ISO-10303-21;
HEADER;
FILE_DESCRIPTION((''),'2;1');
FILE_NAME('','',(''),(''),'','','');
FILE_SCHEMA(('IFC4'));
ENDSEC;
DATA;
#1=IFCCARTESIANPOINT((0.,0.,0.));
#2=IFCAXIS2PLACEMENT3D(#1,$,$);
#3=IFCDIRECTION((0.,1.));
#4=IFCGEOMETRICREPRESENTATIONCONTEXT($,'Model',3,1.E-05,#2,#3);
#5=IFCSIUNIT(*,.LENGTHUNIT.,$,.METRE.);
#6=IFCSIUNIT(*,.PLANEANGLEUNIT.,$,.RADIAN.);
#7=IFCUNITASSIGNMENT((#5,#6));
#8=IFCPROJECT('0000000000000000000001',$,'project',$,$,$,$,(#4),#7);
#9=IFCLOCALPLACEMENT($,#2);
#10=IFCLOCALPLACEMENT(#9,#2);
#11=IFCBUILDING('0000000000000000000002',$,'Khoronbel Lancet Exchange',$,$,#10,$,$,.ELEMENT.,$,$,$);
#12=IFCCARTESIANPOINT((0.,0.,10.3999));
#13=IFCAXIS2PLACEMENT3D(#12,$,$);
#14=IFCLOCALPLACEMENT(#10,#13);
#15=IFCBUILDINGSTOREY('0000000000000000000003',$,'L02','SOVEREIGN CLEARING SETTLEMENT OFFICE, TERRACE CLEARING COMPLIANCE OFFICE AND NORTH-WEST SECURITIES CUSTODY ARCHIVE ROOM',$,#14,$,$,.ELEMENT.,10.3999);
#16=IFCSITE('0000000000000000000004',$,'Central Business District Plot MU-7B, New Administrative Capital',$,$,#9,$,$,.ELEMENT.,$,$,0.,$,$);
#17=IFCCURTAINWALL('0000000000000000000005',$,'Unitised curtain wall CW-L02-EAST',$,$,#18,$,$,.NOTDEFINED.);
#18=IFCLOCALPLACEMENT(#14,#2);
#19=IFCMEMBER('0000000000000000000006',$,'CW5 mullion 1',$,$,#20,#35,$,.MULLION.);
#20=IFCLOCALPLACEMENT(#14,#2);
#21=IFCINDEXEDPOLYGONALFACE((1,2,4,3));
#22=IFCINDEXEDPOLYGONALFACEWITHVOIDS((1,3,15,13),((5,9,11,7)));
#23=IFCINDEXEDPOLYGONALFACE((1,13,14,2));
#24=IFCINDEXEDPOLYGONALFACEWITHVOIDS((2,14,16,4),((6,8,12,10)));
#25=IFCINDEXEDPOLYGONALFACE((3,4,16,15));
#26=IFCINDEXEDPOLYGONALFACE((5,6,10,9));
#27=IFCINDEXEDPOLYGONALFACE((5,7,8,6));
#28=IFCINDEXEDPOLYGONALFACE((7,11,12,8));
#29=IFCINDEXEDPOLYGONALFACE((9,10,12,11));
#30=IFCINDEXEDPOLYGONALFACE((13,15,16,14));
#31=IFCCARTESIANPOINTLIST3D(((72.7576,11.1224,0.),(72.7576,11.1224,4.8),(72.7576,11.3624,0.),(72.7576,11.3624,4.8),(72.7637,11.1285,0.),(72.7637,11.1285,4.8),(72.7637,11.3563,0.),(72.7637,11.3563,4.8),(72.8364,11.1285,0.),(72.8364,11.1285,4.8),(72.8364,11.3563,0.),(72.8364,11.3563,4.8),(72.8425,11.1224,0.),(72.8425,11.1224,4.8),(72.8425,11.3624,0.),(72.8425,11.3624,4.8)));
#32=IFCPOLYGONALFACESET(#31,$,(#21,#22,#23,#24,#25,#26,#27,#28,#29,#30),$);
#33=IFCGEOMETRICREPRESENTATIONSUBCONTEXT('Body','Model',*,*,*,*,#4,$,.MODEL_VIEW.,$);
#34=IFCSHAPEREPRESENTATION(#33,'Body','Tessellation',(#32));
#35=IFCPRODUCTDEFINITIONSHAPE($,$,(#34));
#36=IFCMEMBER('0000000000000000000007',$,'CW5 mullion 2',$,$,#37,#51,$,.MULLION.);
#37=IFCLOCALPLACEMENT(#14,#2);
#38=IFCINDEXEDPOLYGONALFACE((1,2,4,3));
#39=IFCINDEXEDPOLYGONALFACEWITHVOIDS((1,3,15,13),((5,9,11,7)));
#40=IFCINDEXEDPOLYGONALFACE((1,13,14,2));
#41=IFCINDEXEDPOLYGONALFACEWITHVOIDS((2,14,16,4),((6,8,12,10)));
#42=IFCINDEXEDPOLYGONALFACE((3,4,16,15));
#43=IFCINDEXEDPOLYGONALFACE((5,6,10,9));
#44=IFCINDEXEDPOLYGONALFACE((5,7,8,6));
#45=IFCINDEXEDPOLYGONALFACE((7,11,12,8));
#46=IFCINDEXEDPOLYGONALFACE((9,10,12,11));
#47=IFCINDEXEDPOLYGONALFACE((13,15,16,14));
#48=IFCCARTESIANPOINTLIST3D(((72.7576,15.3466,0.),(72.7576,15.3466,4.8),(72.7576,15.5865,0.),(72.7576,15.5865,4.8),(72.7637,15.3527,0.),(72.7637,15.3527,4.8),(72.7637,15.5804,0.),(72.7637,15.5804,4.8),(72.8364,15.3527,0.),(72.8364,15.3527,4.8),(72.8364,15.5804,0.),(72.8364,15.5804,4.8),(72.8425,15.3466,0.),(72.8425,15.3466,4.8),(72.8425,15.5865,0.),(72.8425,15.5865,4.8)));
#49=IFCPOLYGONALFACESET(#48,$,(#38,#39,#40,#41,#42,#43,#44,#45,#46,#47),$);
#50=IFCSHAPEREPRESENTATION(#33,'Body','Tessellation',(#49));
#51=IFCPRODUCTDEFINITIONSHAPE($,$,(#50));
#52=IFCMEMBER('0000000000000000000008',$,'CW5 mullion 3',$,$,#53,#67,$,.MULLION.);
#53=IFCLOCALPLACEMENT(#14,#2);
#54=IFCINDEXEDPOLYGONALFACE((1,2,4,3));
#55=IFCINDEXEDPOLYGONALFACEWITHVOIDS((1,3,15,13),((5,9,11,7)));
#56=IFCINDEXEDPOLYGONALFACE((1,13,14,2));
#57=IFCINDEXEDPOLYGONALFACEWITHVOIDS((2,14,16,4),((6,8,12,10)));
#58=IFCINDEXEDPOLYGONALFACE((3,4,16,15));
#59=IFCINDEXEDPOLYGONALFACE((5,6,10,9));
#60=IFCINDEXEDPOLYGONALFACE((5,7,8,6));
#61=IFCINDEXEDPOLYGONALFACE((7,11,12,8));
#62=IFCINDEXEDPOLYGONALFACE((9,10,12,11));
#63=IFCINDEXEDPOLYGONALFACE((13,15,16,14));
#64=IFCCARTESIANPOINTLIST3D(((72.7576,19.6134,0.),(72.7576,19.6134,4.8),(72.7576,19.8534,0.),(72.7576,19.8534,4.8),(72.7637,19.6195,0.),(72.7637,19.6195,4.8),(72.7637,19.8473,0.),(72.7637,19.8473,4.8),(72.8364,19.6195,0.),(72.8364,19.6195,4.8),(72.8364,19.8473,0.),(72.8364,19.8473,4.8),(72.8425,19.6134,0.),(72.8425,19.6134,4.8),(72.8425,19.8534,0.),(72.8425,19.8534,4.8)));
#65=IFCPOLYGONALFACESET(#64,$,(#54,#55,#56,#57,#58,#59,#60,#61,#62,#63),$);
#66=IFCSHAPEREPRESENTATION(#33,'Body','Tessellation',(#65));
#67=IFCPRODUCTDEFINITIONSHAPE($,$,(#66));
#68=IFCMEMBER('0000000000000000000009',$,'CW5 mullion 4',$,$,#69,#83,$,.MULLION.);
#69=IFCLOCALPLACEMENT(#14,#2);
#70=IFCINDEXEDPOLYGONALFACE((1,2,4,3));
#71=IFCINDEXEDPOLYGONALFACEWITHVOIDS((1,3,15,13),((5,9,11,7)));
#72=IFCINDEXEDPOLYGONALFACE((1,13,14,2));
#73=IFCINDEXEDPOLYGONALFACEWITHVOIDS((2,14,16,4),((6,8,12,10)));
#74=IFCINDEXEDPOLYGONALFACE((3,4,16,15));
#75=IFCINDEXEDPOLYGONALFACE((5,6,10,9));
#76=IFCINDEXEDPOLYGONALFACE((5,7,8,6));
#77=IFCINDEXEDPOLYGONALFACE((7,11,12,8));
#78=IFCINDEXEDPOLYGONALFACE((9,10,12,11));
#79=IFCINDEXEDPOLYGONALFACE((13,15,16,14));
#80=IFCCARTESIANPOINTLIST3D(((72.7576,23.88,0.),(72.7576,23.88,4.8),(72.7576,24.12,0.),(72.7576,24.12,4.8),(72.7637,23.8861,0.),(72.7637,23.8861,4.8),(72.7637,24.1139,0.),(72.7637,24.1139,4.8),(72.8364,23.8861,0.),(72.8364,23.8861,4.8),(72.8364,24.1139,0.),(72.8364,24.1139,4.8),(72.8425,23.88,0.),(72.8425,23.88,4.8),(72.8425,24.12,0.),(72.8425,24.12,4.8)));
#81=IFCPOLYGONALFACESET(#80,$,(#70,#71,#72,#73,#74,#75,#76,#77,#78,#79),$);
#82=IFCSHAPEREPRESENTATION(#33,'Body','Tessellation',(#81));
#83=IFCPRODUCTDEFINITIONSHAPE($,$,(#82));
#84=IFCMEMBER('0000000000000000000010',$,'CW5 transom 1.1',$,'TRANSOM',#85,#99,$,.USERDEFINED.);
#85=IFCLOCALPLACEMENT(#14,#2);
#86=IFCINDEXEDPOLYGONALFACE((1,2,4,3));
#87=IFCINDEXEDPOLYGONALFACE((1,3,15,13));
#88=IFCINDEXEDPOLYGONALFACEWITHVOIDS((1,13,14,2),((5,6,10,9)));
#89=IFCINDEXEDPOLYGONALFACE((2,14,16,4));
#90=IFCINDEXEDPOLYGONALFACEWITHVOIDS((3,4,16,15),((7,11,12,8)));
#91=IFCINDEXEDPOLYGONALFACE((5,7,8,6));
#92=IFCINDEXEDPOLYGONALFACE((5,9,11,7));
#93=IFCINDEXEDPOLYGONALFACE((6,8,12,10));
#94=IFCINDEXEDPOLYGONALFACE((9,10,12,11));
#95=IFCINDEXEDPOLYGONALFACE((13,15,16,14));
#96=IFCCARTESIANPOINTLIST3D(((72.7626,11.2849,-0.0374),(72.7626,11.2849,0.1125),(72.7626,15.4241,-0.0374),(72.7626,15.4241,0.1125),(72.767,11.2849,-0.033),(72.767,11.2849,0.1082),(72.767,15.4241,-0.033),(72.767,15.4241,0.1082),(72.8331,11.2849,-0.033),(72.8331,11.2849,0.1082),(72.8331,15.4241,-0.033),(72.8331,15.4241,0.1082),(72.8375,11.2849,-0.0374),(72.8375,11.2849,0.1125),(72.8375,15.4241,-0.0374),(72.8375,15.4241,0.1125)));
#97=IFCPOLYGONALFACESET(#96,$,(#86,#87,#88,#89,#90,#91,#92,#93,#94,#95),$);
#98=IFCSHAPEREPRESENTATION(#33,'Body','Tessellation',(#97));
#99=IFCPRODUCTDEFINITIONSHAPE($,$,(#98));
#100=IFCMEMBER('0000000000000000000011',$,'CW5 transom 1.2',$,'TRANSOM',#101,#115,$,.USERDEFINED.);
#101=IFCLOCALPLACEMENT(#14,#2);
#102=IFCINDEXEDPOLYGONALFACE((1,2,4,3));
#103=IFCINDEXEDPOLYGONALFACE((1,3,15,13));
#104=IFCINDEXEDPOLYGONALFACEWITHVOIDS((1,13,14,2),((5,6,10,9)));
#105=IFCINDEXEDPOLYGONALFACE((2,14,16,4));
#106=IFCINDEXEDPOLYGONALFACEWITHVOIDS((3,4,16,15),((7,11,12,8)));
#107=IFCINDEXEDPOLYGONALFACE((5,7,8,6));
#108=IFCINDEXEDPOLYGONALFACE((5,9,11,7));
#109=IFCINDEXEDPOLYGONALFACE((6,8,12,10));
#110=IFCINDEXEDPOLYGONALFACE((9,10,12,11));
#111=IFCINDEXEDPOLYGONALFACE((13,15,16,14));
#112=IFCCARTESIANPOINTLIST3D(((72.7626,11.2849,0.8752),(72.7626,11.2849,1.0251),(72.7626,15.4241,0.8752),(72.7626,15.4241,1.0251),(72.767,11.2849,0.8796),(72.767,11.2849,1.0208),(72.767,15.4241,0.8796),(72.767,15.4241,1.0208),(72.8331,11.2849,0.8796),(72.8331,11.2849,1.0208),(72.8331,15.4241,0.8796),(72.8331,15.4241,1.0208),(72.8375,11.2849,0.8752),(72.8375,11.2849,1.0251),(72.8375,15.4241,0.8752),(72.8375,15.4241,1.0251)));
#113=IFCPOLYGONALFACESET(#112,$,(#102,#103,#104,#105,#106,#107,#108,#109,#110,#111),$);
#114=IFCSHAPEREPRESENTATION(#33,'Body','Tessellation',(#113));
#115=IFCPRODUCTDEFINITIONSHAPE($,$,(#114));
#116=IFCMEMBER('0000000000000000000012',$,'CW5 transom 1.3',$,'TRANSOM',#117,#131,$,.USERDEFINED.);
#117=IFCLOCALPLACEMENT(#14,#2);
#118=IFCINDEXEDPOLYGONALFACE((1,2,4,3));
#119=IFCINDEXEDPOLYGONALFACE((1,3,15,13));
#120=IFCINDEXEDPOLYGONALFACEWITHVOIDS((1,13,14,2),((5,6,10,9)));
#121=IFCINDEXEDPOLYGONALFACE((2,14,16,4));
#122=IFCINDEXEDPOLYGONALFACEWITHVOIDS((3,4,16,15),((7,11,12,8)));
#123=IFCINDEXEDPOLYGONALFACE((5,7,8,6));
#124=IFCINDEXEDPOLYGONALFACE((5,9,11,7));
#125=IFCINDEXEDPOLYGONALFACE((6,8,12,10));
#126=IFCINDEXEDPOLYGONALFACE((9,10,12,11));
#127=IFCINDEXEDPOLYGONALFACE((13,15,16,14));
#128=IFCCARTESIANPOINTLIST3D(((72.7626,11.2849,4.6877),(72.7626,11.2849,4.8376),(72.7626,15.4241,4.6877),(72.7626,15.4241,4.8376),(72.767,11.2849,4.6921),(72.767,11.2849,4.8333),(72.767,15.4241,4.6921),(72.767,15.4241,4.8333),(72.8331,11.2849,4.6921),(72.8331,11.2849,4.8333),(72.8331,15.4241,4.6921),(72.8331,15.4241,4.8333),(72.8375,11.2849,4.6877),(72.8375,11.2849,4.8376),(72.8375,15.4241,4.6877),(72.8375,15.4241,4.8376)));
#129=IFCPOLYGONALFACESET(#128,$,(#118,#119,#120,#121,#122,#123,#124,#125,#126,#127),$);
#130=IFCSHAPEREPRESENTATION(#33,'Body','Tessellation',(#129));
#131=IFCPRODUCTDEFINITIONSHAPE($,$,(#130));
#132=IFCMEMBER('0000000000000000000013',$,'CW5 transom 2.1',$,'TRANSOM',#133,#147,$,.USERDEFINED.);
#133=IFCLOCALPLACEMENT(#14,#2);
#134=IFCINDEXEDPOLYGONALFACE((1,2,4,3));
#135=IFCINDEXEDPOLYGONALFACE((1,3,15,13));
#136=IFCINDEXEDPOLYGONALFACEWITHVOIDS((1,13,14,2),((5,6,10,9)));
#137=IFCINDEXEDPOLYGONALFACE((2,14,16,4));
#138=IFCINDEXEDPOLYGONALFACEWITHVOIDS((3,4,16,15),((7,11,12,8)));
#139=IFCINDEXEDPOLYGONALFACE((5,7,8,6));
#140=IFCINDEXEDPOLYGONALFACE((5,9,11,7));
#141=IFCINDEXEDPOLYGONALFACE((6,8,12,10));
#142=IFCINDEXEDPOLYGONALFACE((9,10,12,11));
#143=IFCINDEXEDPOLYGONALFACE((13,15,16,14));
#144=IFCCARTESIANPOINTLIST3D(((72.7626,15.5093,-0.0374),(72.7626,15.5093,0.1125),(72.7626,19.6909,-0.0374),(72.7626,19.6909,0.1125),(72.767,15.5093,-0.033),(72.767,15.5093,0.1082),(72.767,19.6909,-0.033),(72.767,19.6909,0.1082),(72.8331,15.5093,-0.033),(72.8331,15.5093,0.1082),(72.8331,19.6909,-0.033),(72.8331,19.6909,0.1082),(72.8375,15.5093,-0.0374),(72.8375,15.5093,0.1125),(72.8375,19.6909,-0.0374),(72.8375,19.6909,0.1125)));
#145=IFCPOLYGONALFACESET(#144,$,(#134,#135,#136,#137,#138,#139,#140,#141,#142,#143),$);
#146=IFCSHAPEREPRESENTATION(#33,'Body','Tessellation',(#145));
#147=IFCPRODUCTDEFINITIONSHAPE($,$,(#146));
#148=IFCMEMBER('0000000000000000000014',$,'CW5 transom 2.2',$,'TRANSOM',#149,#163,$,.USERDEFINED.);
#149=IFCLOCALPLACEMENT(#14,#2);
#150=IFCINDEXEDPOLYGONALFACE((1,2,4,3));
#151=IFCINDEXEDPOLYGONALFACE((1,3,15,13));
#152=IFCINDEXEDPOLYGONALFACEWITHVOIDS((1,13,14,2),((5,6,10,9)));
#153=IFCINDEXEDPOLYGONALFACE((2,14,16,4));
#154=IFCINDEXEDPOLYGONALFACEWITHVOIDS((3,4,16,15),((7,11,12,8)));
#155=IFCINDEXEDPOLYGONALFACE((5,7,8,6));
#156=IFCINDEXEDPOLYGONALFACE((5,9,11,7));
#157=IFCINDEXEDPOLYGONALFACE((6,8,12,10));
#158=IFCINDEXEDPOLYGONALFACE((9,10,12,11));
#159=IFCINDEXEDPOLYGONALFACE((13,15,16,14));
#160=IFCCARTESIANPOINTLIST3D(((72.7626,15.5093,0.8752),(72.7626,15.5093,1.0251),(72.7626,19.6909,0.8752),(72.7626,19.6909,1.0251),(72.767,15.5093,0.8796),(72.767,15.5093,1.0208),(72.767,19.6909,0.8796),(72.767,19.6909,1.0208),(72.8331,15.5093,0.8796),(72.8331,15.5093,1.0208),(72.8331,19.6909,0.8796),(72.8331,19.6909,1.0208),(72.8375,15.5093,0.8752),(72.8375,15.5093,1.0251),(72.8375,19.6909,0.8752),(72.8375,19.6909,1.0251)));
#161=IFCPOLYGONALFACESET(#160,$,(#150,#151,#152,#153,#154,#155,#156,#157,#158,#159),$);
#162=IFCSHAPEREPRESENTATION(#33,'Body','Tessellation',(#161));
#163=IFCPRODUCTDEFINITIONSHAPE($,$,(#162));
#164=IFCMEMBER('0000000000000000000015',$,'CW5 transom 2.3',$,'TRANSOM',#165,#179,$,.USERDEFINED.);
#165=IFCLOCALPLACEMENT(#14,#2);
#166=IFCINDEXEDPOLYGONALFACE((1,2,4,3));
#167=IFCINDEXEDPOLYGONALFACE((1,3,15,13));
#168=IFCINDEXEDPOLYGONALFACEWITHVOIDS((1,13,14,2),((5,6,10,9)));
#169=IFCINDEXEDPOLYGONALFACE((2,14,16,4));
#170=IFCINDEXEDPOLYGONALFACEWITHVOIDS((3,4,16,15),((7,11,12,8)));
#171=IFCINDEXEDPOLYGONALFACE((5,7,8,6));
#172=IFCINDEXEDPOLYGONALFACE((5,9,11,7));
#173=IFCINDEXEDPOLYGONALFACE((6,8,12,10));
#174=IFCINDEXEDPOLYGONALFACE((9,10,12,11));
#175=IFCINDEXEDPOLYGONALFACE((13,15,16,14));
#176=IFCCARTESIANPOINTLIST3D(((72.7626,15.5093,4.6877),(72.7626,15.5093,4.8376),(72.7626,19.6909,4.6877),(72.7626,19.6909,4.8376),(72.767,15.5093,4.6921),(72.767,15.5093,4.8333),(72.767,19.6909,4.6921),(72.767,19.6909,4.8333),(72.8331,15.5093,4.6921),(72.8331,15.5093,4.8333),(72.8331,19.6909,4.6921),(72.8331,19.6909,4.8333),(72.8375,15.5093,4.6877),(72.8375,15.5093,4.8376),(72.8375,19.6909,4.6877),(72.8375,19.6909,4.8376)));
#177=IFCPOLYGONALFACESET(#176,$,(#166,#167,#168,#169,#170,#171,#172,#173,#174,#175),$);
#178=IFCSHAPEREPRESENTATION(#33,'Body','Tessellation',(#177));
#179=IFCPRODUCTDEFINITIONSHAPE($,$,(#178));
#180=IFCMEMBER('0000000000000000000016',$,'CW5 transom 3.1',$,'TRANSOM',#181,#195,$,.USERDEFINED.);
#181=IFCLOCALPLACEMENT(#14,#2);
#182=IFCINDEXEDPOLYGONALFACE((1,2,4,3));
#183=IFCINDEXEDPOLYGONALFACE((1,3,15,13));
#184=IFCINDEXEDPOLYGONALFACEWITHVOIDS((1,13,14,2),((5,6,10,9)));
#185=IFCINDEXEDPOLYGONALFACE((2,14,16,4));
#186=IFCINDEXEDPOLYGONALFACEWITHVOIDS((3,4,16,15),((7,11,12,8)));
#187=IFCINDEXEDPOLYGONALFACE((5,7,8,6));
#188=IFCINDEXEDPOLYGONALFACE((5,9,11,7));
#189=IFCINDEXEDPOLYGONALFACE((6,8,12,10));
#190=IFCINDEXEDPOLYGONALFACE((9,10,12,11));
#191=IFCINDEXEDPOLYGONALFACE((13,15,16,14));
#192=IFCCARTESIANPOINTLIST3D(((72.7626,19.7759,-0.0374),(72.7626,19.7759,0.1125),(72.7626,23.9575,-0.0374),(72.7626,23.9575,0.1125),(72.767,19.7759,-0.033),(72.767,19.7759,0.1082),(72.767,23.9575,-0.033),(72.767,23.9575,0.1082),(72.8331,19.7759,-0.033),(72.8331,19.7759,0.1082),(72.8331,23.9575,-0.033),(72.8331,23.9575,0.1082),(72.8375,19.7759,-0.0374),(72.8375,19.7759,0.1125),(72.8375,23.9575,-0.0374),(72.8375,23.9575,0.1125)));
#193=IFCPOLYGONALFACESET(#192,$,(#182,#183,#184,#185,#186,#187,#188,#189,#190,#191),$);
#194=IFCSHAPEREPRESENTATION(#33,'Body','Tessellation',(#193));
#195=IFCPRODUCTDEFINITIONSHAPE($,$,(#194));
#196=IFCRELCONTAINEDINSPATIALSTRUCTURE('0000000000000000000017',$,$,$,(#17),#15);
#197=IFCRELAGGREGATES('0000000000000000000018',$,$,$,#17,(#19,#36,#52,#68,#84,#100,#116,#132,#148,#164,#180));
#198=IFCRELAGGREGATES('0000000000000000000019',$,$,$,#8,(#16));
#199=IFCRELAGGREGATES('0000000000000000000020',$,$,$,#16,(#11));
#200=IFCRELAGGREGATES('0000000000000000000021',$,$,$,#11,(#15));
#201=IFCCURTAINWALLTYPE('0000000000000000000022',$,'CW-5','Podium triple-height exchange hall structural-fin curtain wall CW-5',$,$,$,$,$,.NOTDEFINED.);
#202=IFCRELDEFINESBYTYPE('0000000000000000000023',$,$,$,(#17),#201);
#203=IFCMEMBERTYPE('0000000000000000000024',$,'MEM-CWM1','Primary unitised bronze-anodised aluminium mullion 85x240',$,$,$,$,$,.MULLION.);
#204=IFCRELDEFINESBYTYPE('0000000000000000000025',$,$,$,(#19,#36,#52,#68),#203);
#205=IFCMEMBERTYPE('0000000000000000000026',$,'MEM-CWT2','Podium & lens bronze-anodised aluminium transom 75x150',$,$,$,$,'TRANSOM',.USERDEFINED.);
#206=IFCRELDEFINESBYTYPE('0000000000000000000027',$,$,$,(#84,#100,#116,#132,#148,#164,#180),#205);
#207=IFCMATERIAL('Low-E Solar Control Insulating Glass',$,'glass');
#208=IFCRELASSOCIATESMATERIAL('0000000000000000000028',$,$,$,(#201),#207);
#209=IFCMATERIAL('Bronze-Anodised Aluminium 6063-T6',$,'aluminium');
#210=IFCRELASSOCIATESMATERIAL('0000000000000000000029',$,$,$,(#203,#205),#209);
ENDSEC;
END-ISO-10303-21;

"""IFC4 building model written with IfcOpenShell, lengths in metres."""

from ifc_helpers import new_model, si_unit, direction, frame, origin, origin_2d, place, context, subcontext, project, spatial, hollow_rectangle, extrude, material, material_profile, profile_set, type_object, element, aggregate, save


model = new_model("IFC4")

# Units and contexts
model_context = context("Model", 3, precision=1e-05, world=origin(), true_north=direction((0.0, 1.0)))
body_context = subcontext(model_context, "Body", "Model", "MODEL_VIEW")
ifc_project = project(units=[si_unit("LENGTHUNIT", "METRE"), si_unit("PLANEANGLEUNIT", "RADIAN")], contexts=[model_context])

# Site, building, storey
site_placement = place(None, origin())
site = spatial("IfcSite", under=ifc_project, at=site_placement, Name="Central Business District Plot MU-7B, New Administrative Capital", CompositionType="ELEMENT", RefElevation=0.0)
building_placement = place(site_placement, origin())
building = spatial("IfcBuilding", under=site, at=building_placement, Name="Khoronbel Lancet Exchange", CompositionType="ELEMENT")
storey_placement = place(building_placement, frame((0.0, 0.0, 10.3999)))
storey = spatial("IfcBuildingStorey", under=building, at=storey_placement, Name="L02", Description="SOVEREIGN CLEARING SETTLEMENT OFFICE, TERRACE CLEARING COMPLIANCE OFFICE AND NORTH-WEST SECURITIES CUSTODY ARCHIVE ROOM", CompositionType="ELEMENT", Elevation=10.3999)

# Curtain wall, members
ifc_material_1 = material(Name="Low-E Solar Control Insulating Glass", Category="glass")
curtain_wall_type = type_object("IfcCurtainWallType", Name="CW-5", Description="Podium triple-height exchange hall structural-fin curtain wall CW-5", PredefinedType="NOTDEFINED", material=ifc_material_1)
curtain_wall_placement = place(storey_placement, origin())
curtain_wall = element("IfcCurtainWall", 1, at=curtain_wall_placement, inside=storey, type_object=curtain_wall_type, Name="Unitised curtain wall CW-L02-EAST", PredefinedType="NOTDEFINED")
ifc_material_2 = material(Name="Bronze-Anodised Aluminium 6063-T6", Category="aluminium")
ifc_material_profile_1 = material_profile(ifc_material_2, hollow_rectangle(XDim=0.085, YDim=0.24, WallThickness=0.0061, at=origin_2d()), Name="ALU MULLION 85x240")
ifc_profile_set_1 = profile_set([ifc_material_profile_1], Name="Bronze-Anodised Aluminium 6063-T6")
member_type_1 = type_object("IfcMemberType", Name="MEM-CWM1", Description="Primary unitised bronze-anodised aluminium mullion 85x240", PredefinedType="MULLION", material=ifc_profile_set_1)
member_1_placement = place(storey_placement, frame((72.8, 11.2424, 0.0), z_axis=(0.0, 0.0, 1.0), x_axis=(-1.0, 0.0, 0.0)))
member_1 = element("IfcMember", 2, at=member_1_placement, type_object=member_type_1, Name="CW5 mullion 1", PredefinedType="MULLION", context=body_context, shape_type="SweptSolid", body=[
    extrude(hollow_rectangle(XDim=0.085, YDim=0.24, WallThickness=0.0061, at=origin_2d()), origin(), (0.0, 0.0, 1.0), 4.8),
])
member_2_placement = place(storey_placement, frame((72.8, 15.4666, 0.0), z_axis=(0.0, 0.0, 1.0), x_axis=(-1.0, 0.0, 0.0)))
member_2 = element("IfcMember", 3, at=member_2_placement, type_object=member_type_1, Name="CW5 mullion 2", PredefinedType="MULLION", context=body_context, shape_type="SweptSolid", body=[
    extrude(hollow_rectangle(XDim=0.085, YDim=0.24, WallThickness=0.0061, at=origin_2d()), origin(), (0.0, 0.0, 1.0), 4.8),
])
member_3_placement = place(storey_placement, frame((72.8, 19.7334, 0.0), z_axis=(0.0, 0.0, 1.0), x_axis=(-1.0, 0.0, 0.0)))
member_3 = element("IfcMember", 4, at=member_3_placement, type_object=member_type_1, Name="CW5 mullion 3", PredefinedType="MULLION", context=body_context, shape_type="SweptSolid", body=[
    extrude(hollow_rectangle(XDim=0.085, YDim=0.24, WallThickness=0.0061, at=origin_2d()), origin(), (0.0, 0.0, 1.0), 4.8),
])
member_4_placement = place(storey_placement, frame((72.8, 24.0, 0.0), z_axis=(0.0, 0.0, 1.0), x_axis=(-1.0, 0.0, 0.0)))
member_4 = element("IfcMember", 5, at=member_4_placement, type_object=member_type_1, Name="CW5 mullion 4", PredefinedType="MULLION", context=body_context, shape_type="SweptSolid", body=[
    extrude(hollow_rectangle(XDim=0.085, YDim=0.24, WallThickness=0.0061, at=origin_2d()), origin(), (0.0, 0.0, 1.0), 4.8),
])
ifc_material_profile_2 = material_profile(ifc_material_2, hollow_rectangle(XDim=0.075, YDim=0.1499, WallThickness=0.0044, at=origin_2d()), Name="ALU TRANSOM 75x150")
ifc_profile_set_2 = profile_set([ifc_material_profile_2], Name="Bronze-Anodised Aluminium 6063-T6")
member_type_2 = type_object("IfcMemberType", Name="MEM-CWT2", Description="Podium & lens bronze-anodised aluminium transom 75x150", ElementType="TRANSOM", PredefinedType="USERDEFINED", material=ifc_profile_set_2)
member_5_placement = place(storey_placement, frame((72.8, 11.2849, 0.0376), z_axis=(0.0, 1.0, 0.0), x_axis=(-1.0, 0.0, 0.0)))
member_5 = element("IfcMember", 6, at=member_5_placement, type_object=member_type_2, Name="CW5 transom 1.1", ObjectType="TRANSOM", PredefinedType="USERDEFINED", context=body_context, shape_type="SweptSolid", body=[
    extrude(hollow_rectangle(XDim=0.075, YDim=0.1499, WallThickness=0.0044, at=origin_2d()), origin(), (0.0, 0.0, 1.0), 4.1392),
])
member_6_placement = place(storey_placement, frame((72.8, 11.2849, 0.9502), z_axis=(0.0, 1.0, 0.0), x_axis=(-1.0, 0.0, 0.0)))
member_6 = element("IfcMember", 7, at=member_6_placement, type_object=member_type_2, Name="CW5 transom 1.2", ObjectType="TRANSOM", PredefinedType="USERDEFINED", context=body_context, shape_type="SweptSolid", body=[
    extrude(hollow_rectangle(XDim=0.075, YDim=0.1499, WallThickness=0.0044, at=origin_2d()), origin(), (0.0, 0.0, 1.0), 4.1392),
])
member_7_placement = place(storey_placement, frame((72.8, 11.2849, 4.7627), z_axis=(0.0, 1.0, 0.0), x_axis=(-1.0, 0.0, 0.0)))
member_7 = element("IfcMember", 8, at=member_7_placement, type_object=member_type_2, Name="CW5 transom 1.3", ObjectType="TRANSOM", PredefinedType="USERDEFINED", context=body_context, shape_type="SweptSolid", body=[
    extrude(hollow_rectangle(XDim=0.075, YDim=0.1499, WallThickness=0.0044, at=origin_2d()), origin(), (0.0, 0.0, 1.0), 4.1392),
])
member_8_placement = place(storey_placement, frame((72.8, 15.5093, 0.0376), z_axis=(0.0, 1.0, 0.0), x_axis=(-1.0, 0.0, 0.0)))
member_8 = element("IfcMember", 9, at=member_8_placement, type_object=member_type_2, Name="CW5 transom 2.1", ObjectType="TRANSOM", PredefinedType="USERDEFINED", context=body_context, shape_type="SweptSolid", body=[
    extrude(hollow_rectangle(XDim=0.075, YDim=0.1499, WallThickness=0.0044, at=origin_2d()), origin(), (0.0, 0.0, 1.0), 4.1816),
])
member_9_placement = place(storey_placement, frame((72.8, 15.5093, 0.9502), z_axis=(0.0, 1.0, 0.0), x_axis=(-1.0, 0.0, 0.0)))
member_9 = element("IfcMember", 10, at=member_9_placement, type_object=member_type_2, Name="CW5 transom 2.2", ObjectType="TRANSOM", PredefinedType="USERDEFINED", context=body_context, shape_type="SweptSolid", body=[
    extrude(hollow_rectangle(XDim=0.075, YDim=0.1499, WallThickness=0.0044, at=origin_2d()), origin(), (0.0, 0.0, 1.0), 4.1816),
])
member_10_placement = place(storey_placement, frame((72.8, 15.5093, 4.7627), z_axis=(0.0, 1.0, 0.0), x_axis=(-1.0, 0.0, 0.0)))
member_10 = element("IfcMember", 11, at=member_10_placement, type_object=member_type_2, Name="CW5 transom 2.3", ObjectType="TRANSOM", PredefinedType="USERDEFINED", context=body_context, shape_type="SweptSolid", body=[
    extrude(hollow_rectangle(XDim=0.075, YDim=0.1499, WallThickness=0.0044, at=origin_2d()), origin(), (0.0, 0.0, 1.0), 4.1816),
])
member_11_placement = place(storey_placement, frame((72.8, 19.7759, 0.0376), z_axis=(0.0, 1.0, 0.0), x_axis=(-1.0, 0.0, 0.0)))
member_11 = element("IfcMember", 12, at=member_11_placement, type_object=member_type_2, Name="CW5 transom 3.1", ObjectType="TRANSOM", PredefinedType="USERDEFINED", context=body_context, shape_type="SweptSolid", body=[
    extrude(hollow_rectangle(XDim=0.075, YDim=0.1499, WallThickness=0.0044, at=origin_2d()), origin(), (0.0, 0.0, 1.0), 4.1816),
])
aggregate(curtain_wall, [member_1, member_2, member_3, member_4, member_5, member_6, member_7, member_8, member_9, member_10, member_11])

save(model, "model.ifc")
